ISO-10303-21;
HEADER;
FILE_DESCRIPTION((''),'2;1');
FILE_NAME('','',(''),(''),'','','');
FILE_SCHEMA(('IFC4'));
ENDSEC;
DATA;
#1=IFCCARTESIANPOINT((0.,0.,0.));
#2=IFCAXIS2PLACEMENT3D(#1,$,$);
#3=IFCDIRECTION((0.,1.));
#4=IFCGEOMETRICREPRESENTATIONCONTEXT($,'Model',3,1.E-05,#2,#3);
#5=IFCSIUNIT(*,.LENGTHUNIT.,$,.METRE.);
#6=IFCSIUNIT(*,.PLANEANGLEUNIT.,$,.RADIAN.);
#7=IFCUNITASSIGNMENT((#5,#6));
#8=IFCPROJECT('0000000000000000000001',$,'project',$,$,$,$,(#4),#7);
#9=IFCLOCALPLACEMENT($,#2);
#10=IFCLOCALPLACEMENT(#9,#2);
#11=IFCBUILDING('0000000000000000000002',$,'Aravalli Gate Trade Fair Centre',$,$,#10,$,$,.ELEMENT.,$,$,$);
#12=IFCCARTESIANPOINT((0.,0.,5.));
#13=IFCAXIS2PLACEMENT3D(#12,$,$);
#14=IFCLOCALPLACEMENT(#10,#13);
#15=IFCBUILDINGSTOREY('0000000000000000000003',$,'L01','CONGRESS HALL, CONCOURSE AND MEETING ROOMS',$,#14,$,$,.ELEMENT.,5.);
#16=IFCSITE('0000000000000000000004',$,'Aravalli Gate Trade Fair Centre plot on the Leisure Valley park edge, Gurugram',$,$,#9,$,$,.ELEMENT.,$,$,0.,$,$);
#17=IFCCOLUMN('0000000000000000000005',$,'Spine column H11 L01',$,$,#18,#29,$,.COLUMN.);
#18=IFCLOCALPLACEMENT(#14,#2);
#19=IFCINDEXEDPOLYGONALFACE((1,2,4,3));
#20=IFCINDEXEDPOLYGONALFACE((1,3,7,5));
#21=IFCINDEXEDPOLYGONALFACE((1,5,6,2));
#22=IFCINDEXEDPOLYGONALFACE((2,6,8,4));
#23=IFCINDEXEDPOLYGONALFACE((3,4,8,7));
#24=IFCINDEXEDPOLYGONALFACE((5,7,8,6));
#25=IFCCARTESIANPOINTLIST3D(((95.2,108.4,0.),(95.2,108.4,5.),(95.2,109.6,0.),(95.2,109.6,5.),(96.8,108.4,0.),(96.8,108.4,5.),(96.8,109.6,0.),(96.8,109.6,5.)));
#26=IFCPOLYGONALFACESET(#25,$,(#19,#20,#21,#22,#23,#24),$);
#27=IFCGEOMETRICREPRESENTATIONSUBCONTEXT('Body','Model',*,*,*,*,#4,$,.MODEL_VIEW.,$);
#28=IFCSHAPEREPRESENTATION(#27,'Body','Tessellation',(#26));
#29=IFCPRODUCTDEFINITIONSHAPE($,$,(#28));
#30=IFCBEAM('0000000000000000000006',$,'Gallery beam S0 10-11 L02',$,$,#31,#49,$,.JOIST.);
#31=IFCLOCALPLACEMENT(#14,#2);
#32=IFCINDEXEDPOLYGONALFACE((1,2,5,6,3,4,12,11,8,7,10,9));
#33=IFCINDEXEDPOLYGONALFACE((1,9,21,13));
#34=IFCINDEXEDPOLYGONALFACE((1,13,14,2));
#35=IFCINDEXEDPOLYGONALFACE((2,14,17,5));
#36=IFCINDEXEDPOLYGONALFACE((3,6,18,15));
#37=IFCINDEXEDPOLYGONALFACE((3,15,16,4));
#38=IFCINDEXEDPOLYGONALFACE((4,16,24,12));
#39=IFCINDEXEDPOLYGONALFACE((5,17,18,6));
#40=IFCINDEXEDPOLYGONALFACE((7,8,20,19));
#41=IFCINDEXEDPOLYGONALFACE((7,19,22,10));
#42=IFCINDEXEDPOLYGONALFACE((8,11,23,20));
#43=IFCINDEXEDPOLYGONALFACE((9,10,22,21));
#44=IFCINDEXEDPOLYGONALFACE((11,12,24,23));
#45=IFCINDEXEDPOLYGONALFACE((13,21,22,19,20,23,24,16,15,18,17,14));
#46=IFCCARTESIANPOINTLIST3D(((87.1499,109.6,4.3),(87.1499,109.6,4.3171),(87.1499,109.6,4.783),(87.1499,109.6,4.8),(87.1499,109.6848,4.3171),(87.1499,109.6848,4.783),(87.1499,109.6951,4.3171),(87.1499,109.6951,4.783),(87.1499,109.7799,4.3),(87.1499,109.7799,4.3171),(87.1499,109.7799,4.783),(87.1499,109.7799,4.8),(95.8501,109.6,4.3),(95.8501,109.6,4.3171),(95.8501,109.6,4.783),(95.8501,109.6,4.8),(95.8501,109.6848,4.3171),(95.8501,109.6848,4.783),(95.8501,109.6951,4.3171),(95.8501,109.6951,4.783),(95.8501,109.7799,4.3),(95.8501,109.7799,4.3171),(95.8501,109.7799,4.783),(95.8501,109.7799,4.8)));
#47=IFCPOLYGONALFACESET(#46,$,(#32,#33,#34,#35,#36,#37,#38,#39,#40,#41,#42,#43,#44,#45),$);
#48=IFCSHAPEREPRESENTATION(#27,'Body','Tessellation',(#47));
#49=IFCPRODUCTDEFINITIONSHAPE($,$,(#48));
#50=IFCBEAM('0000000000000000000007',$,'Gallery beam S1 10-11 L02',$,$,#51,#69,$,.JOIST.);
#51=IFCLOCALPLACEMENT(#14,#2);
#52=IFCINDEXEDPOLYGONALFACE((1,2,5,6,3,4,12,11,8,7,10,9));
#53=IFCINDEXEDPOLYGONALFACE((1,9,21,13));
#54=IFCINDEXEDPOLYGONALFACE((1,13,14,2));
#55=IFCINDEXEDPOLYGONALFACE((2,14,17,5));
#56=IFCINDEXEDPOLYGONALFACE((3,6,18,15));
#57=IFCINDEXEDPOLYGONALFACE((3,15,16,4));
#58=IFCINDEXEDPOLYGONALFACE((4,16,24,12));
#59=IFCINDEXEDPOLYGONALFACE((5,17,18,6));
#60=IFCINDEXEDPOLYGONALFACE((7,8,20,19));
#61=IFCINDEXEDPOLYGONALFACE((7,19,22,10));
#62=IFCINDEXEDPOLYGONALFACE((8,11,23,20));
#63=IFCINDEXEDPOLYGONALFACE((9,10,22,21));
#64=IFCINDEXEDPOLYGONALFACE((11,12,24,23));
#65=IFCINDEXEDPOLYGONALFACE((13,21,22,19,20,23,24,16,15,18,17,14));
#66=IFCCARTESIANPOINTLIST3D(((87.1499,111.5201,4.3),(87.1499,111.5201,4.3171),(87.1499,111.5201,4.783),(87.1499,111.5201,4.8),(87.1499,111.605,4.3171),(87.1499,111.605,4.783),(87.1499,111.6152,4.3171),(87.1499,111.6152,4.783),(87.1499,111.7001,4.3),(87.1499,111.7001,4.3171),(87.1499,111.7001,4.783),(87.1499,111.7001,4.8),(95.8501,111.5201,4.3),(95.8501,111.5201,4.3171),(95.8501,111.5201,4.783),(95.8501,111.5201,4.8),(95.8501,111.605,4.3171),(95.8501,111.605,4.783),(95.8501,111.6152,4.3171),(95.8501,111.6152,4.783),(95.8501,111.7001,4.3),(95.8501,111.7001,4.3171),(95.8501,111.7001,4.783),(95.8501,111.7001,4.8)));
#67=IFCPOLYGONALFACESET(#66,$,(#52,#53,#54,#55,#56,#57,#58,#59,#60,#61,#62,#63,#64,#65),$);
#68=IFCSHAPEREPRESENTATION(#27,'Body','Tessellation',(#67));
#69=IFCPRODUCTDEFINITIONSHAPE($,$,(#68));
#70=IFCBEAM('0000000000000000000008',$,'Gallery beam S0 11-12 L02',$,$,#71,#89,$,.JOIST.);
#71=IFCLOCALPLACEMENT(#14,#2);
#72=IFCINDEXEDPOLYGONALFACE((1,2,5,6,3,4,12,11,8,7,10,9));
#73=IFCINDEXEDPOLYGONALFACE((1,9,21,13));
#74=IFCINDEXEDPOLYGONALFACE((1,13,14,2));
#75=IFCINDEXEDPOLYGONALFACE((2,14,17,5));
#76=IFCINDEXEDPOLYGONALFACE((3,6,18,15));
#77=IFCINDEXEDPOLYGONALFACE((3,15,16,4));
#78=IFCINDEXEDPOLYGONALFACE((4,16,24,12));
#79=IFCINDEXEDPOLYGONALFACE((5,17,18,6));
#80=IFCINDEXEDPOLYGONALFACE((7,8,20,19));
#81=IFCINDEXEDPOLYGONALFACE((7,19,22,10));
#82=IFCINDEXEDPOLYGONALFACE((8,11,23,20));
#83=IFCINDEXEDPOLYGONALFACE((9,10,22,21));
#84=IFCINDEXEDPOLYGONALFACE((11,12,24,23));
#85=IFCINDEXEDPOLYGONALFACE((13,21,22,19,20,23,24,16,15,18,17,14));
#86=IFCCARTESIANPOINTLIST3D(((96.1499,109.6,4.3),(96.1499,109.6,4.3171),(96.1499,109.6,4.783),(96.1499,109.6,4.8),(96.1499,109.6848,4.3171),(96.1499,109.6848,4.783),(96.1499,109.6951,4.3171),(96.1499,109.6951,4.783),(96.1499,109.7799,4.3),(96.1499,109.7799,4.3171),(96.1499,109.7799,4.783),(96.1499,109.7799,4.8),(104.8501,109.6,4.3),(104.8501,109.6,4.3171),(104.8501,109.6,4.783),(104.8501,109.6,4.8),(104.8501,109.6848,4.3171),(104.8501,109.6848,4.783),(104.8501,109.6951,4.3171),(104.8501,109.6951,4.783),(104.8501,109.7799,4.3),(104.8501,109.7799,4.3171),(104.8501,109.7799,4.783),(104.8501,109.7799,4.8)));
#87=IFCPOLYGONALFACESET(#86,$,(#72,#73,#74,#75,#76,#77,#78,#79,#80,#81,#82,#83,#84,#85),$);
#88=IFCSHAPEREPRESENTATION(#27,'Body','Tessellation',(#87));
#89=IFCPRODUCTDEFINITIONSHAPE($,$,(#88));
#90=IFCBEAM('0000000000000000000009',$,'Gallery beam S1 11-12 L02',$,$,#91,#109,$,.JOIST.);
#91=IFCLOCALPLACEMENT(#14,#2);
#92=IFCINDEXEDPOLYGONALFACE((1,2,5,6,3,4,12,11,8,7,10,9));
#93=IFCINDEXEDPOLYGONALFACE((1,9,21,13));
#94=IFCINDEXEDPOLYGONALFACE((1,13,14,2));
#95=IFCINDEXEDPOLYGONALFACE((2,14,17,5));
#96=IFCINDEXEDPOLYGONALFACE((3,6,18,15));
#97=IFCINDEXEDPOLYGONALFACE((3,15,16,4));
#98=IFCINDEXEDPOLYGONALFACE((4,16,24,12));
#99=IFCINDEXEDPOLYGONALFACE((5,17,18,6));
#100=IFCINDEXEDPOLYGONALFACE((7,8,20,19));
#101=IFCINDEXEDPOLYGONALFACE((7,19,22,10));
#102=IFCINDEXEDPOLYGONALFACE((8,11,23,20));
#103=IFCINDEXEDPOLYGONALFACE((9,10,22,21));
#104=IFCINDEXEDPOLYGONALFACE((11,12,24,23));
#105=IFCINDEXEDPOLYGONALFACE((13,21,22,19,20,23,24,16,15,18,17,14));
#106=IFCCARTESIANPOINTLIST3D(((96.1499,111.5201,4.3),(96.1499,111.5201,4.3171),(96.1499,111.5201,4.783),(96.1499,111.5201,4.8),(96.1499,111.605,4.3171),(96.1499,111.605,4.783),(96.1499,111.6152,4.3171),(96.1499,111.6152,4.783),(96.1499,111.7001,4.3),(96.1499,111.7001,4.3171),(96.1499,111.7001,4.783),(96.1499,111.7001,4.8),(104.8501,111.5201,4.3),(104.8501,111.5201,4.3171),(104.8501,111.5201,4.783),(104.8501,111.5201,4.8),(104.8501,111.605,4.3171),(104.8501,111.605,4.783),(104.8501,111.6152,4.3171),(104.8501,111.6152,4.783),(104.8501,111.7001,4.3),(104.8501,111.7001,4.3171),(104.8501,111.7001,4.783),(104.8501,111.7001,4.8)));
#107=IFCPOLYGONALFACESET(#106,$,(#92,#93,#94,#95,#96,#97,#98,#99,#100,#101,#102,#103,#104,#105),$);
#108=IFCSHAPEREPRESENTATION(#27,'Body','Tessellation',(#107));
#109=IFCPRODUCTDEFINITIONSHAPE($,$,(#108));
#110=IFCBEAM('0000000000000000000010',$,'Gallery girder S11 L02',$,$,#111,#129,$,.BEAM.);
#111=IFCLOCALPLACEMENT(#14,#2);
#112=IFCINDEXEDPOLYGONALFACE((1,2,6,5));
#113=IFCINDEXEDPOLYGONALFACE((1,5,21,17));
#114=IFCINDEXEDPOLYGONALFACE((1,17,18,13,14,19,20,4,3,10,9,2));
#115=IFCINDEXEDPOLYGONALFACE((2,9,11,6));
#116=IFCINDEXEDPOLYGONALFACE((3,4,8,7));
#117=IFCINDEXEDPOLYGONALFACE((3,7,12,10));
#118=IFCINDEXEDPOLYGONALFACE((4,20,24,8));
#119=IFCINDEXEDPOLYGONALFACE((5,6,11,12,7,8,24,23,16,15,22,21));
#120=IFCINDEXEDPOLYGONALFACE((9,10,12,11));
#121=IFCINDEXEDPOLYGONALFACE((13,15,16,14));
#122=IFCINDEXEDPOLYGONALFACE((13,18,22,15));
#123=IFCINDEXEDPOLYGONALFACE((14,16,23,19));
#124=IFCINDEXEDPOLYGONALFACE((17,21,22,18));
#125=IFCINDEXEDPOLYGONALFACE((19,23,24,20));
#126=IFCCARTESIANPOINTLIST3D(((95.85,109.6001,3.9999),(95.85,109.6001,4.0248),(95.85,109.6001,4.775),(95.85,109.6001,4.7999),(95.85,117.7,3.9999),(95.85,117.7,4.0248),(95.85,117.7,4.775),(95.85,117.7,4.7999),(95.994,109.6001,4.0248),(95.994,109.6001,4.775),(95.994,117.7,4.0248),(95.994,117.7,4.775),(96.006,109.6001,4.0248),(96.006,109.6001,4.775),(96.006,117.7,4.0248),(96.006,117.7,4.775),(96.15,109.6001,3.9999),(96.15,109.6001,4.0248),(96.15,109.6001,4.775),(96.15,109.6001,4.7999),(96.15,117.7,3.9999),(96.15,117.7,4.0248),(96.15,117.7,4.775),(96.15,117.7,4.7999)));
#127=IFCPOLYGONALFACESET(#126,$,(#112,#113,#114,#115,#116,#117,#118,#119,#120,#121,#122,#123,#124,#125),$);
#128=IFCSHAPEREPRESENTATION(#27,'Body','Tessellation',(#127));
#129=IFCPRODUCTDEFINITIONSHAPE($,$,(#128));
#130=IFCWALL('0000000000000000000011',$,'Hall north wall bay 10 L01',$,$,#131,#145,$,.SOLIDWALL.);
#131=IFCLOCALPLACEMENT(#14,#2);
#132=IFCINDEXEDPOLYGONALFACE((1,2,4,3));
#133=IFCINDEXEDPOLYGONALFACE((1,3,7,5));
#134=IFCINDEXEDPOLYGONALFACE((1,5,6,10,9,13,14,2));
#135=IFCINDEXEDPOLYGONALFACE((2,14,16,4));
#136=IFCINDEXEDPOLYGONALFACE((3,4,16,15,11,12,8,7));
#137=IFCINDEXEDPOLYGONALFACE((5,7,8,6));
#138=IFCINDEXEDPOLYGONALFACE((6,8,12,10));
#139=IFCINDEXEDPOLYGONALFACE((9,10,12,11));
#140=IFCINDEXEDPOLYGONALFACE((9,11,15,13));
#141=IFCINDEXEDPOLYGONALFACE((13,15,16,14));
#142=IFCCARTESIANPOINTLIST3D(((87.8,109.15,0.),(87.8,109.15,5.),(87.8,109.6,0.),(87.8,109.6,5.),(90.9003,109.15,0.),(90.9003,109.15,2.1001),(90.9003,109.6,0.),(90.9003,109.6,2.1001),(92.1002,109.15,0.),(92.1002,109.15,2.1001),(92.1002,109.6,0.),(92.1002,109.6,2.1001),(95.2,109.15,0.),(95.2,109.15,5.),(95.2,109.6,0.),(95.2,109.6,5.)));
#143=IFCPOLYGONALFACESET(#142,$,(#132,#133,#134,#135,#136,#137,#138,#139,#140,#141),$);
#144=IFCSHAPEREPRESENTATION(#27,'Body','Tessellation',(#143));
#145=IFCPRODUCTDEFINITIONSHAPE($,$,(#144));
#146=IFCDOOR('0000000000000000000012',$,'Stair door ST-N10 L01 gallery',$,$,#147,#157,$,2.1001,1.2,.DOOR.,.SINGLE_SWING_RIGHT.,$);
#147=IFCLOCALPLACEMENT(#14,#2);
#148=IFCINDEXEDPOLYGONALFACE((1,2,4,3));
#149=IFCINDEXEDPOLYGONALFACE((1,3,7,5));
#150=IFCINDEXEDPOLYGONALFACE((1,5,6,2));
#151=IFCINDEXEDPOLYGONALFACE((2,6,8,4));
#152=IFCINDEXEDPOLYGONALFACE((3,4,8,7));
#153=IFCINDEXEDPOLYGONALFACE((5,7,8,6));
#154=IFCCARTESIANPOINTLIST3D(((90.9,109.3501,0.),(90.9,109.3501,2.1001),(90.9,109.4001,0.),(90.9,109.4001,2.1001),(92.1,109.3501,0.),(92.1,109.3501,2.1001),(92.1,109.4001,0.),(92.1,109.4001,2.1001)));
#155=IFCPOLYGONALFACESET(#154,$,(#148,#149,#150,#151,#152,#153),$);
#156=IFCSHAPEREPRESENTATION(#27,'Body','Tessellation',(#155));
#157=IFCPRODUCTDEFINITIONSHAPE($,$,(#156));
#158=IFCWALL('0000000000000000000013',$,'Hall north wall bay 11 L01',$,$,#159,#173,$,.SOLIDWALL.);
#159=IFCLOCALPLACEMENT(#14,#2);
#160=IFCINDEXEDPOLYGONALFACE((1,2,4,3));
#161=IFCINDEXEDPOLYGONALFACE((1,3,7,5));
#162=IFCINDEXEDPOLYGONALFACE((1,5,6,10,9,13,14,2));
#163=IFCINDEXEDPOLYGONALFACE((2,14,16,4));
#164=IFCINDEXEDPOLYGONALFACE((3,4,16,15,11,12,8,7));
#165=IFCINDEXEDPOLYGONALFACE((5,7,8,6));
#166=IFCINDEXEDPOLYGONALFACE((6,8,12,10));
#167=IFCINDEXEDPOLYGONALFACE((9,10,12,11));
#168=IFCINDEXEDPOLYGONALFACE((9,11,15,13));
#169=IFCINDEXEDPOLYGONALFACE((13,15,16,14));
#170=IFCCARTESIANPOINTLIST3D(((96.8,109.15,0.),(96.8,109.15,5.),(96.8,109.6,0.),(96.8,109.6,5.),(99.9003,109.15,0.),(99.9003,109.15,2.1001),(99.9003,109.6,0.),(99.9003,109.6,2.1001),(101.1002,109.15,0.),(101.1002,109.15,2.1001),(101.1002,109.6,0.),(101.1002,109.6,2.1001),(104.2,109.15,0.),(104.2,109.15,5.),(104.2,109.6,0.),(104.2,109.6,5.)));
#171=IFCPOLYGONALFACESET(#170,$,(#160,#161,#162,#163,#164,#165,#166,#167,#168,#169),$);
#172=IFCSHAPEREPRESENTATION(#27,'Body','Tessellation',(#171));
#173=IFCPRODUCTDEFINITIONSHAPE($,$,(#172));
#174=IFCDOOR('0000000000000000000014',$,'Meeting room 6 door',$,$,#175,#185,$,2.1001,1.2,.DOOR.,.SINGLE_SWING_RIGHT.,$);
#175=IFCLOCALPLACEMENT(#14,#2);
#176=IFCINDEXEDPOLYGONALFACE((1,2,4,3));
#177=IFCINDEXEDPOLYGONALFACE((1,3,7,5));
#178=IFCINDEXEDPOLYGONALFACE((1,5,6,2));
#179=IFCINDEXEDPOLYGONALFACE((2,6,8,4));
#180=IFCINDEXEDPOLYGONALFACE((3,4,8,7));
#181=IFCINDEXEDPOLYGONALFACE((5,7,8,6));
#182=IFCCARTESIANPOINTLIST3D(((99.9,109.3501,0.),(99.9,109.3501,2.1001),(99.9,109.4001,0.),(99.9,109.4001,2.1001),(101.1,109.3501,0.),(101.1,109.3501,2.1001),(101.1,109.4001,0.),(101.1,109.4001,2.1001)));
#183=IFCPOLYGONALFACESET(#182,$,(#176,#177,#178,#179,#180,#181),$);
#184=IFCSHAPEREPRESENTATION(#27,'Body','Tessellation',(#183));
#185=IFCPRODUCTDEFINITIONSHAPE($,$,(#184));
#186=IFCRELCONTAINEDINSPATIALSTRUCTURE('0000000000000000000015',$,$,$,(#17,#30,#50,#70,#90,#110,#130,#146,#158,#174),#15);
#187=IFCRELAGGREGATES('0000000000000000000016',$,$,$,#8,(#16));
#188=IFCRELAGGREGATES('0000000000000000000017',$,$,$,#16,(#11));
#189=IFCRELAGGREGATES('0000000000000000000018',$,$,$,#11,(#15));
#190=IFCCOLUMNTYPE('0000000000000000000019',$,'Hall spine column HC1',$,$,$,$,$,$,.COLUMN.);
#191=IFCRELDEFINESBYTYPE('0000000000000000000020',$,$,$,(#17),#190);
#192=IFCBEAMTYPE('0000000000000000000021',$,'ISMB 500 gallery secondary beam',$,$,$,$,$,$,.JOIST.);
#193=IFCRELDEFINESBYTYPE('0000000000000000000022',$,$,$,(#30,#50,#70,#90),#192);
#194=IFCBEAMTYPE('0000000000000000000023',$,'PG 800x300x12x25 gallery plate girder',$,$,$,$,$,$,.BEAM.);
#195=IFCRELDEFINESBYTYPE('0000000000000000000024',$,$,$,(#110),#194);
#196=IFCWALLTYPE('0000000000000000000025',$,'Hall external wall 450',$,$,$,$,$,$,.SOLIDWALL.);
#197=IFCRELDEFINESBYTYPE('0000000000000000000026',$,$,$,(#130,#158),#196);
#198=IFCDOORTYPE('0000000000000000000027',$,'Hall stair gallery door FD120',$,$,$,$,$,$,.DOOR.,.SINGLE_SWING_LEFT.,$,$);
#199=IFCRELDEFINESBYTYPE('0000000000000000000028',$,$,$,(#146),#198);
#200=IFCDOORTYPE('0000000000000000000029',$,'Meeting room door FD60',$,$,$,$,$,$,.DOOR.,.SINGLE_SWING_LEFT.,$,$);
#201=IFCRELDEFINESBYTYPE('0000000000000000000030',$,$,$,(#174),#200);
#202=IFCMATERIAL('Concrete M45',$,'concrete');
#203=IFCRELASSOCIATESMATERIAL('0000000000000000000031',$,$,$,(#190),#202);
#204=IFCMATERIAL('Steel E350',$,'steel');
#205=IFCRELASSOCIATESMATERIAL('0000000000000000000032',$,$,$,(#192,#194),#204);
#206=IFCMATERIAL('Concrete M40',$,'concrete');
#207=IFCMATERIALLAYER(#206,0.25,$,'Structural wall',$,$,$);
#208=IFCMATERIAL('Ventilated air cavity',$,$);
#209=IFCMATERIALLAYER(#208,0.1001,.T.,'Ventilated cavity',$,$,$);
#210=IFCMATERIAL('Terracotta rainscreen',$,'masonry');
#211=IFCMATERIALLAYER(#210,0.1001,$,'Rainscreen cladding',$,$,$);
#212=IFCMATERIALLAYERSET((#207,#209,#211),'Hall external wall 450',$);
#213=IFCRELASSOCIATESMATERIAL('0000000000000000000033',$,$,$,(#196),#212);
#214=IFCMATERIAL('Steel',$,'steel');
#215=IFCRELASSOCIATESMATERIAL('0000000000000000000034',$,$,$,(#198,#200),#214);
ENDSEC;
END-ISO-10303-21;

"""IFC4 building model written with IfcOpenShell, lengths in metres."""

from ifc_helpers import new_model, si_unit, direction, frame, frame_2d, origin, origin_2d, place, context, subcontext, project, spatial, rectangle, i_section, extrude, material, layer, layer_set, material_profile, profile_set, type_object, element, fill, save


model = new_model("IFC4")

# Units and contexts
model_context = context("Model", 3, precision=1e-05, world=origin(), true_north=direction((0.0, 1.0)))
body_context = subcontext(model_context, "Body", "Model", "MODEL_VIEW")
ifc_project = project(units=[si_unit("LENGTHUNIT", "METRE"), si_unit("PLANEANGLEUNIT", "RADIAN")], contexts=[model_context])

# Site, building, storey
site_placement = place(None, origin())
site = spatial("IfcSite", under=ifc_project, at=site_placement, Name="Aravalli Gate Trade Fair Centre plot on the Leisure Valley park edge, Gurugram", CompositionType="ELEMENT", RefElevation=0.0)
building_placement = place(site_placement, origin())
building = spatial("IfcBuilding", under=site, at=building_placement, Name="Aravalli Gate Trade Fair Centre", CompositionType="ELEMENT")
storey_placement = place(building_placement, frame((0.0, 0.0, 5.0)))
storey = spatial("IfcBuildingStorey", under=building, at=storey_placement, Name="L01", Description="CONGRESS HALL, CONCOURSE AND MEETING ROOMS", CompositionType="ELEMENT", Elevation=5.0)

# Column
ifc_material_1 = material(Name="Concrete M45", Category="concrete")
ifc_material_profile_1 = material_profile(ifc_material_1, rectangle(XDim=1.6001, YDim=1.2, at=origin_2d()), Name="RC 1600x1200")
ifc_profile_set_1 = profile_set([ifc_material_profile_1], Name="Concrete M45")
column_type = type_object("IfcColumnType", Name="Hall spine column HC1", PredefinedType="COLUMN", material=ifc_profile_set_1)
column_placement = place(storey_placement, frame((96.0, 109.0, 0.0), z_axis=(0.0, 0.0, 1.0), x_axis=(1.0, 0.0, 0.0)))
element("IfcColumn", 1, at=column_placement, inside=storey, type_object=column_type, Name="Spine column H11 L01", PredefinedType="COLUMN", context=body_context, shape_type="SweptSolid", body=[
    extrude(rectangle(XDim=1.6001, YDim=1.2, at=origin_2d()), origin(), (0.0, 0.0, 1.0), 5.0),
])

# Beams
ifc_material_2 = material(Name="Steel E350", Category="steel")
ifc_material_profile_2 = material_profile(ifc_material_2, i_section(OverallWidth=0.1799, OverallDepth=0.5, WebThickness=0.0103, FlangeThickness=0.0171, at=origin_2d()), Name="ISMB 500")
ifc_profile_set_2 = profile_set([ifc_material_profile_2], Name="Steel E350")
beam_type_1 = type_object("IfcBeamType", Name="ISMB 500 gallery secondary beam", PredefinedType="JOIST", material=ifc_profile_set_2)
for number, where, z_axis, x_axis, name in (
    (2, (87.1499, 109.6899, 4.55), (1.0, 0.0, 0.0), (0.0, 1.0, 0.0), "Gallery beam S0 10-11 L02"),
    (3, (87.1499, 111.6101, 4.55), (1.0, 0.0, 0.0), (0.0, 1.0, 0.0), "Gallery beam S1 10-11 L02"),
    (4, (96.1499, 109.6899, 4.55), (1.0, 0.0, 0.0), (0.0, 1.0, 0.0), "Gallery beam S0 11-12 L02"),
    (5, (96.1499, 111.6101, 4.55), (1.0, 0.0, 0.0), (0.0, 1.0, 0.0), "Gallery beam S1 11-12 L02"),
):
    element("IfcBeam", number, at=place(storey_placement, frame(where, z_axis=z_axis, x_axis=x_axis)), inside=storey, type_object=beam_type_1, Name=name, PredefinedType="JOIST", context=body_context, shape_type="SweptSolid", body=[
        extrude(i_section(OverallWidth=0.1799, OverallDepth=0.5, WebThickness=0.0103, FlangeThickness=0.0171, at=origin_2d()), origin(), (0.0, 0.0, 1.0), 8.7002),
    ])
ifc_material_profile_3 = material_profile(ifc_material_2, i_section(OverallWidth=0.3, OverallDepth=0.8, WebThickness=0.012, FlangeThickness=0.0249, at=origin_2d()), Name="PG 800x300x12x25")
ifc_profile_set_3 = profile_set([ifc_material_profile_3], Name="Steel E350")
beam_type_2 = type_object("IfcBeamType", Name="PG 800x300x12x25 gallery plate girder", PredefinedType="BEAM", material=ifc_profile_set_3)
beam_placement = place(storey_placement, frame((96.0, 109.6001, 4.3999), z_axis=(0.0, 1.0, 0.0), x_axis=(-1.0, 0.0, 0.0)))
element("IfcBeam", 6, at=beam_placement, inside=storey, type_object=beam_type_2, Name="Gallery girder S11 L02", PredefinedType="BEAM", context=body_context, shape_type="SweptSolid", body=[
    extrude(i_section(OverallWidth=0.3, OverallDepth=0.8, WebThickness=0.012, FlangeThickness=0.0249, at=origin_2d()), origin(), (0.0, 0.0, 1.0), 8.0999),
])

# Walls, openings, doors
ifc_material_3 = material(Name="Concrete M40", Category="concrete")
ifc_layer_1 = layer(ifc_material_3, 0.25, Name="Structural wall")
ifc_material_4 = material(Name="Ventilated air cavity")
ifc_layer_2 = layer(ifc_material_4, 0.1001, ventilated=True, Name="Ventilated cavity")
ifc_material_5 = material(Name="Terracotta rainscreen", Category="masonry")
ifc_layer_3 = layer(ifc_material_5, 0.1001, Name="Rainscreen cladding")
ifc_layer_set_1 = layer_set([ifc_layer_1, ifc_layer_2, ifc_layer_3], Name="Hall external wall 450")
wall_type_1 = type_object("IfcWallType", Name="Hall external wall 450", PredefinedType="SOLIDWALL", material=ifc_layer_set_1)
wall_1_placement = place(storey_placement, frame((87.8, 109.375, 0.0), z_axis=(0.0, 0.0, 1.0), x_axis=(1.0, 0.0, 0.0)))
wall_1 = element("IfcWall", 7, at=wall_1_placement, inside=storey, type_object=wall_type_1, Name="Hall north wall bay 10 L01", PredefinedType="SOLIDWALL", context=body_context, shape_type="SweptSolid", body=[
    extrude(rectangle(XDim=7.3999, YDim=0.45, at=frame_2d((3.7, 0.0))), origin(), (0.0, 0.0, 1.0), 5.0),
])
opening_1_placement = place(wall_1_placement, frame((3.1001, 0.0, 0.0)))
opening_1 = element("IfcOpeningElement", 8, at=opening_1_placement, cuts=wall_1, PredefinedType="OPENING", context=body_context, shape_type="SweptSolid", body=[
    extrude(rectangle(XDim=1.2, YDim=2.1001, at=frame_2d((0.6001, 1.05))), frame((0.0, 0.2349, 0.0), z_axis=(0.0, -1.0, 0.0), x_axis=(1.0, 0.0, 0.0)), (0.0, 0.0, 1.0), 0.47),
])
ifc_material_6 = material(Name="Steel", Category="steel")
door_type_1 = type_object("IfcDoorType", Name="Hall stair gallery door FD120", OperationType="SINGLE_SWING_LEFT", PredefinedType="DOOR", material=ifc_material_6)
door_1_placement = place(opening_1_placement, frame((1.2, 0.0, 0.0), z_axis=(0.0, 0.0, 1.0), x_axis=(-1.0, 0.0, 0.0)))
door_1 = element("IfcDoor", 9, at=door_1_placement, inside=storey, type_object=door_type_1, Name="Stair door ST-N10 L01 gallery", OperationType="SINGLE_SWING_RIGHT", OverallHeight=2.1001, OverallWidth=1.2, PredefinedType="DOOR", context=body_context, shape_type="SweptSolid", body=[
    extrude(rectangle(XDim=1.2, YDim=2.1001, at=frame_2d((0.6001, 1.05))), frame((0.0, 0.0249, 0.0), z_axis=(0.0, -1.0, 0.0), x_axis=(1.0, 0.0, 0.0)), (0.0, 0.0, 1.0), 0.05),
])
fill(opening_1, door_1)
wall_2_placement = place(storey_placement, frame((96.8, 109.375, 0.0), z_axis=(0.0, 0.0, 1.0), x_axis=(1.0, 0.0, 0.0)))
wall_2 = element("IfcWall", 10, at=wall_2_placement, inside=storey, type_object=wall_type_1, Name="Hall north wall bay 11 L01", PredefinedType="SOLIDWALL", context=body_context, shape_type="SweptSolid", body=[
    extrude(rectangle(XDim=7.3999, YDim=0.45, at=frame_2d((3.7, 0.0))), origin(), (0.0, 0.0, 1.0), 5.0),
])
opening_2_placement = place(wall_2_placement, frame((3.1001, 0.0, 0.0)))
opening_2 = element("IfcOpeningElement", 11, at=opening_2_placement, cuts=wall_2, PredefinedType="OPENING", context=body_context, shape_type="SweptSolid", body=[
    extrude(rectangle(XDim=1.2, YDim=2.1001, at=frame_2d((0.6001, 1.05))), frame((0.0, 0.2349, 0.0), z_axis=(0.0, -1.0, 0.0), x_axis=(1.0, 0.0, 0.0)), (0.0, 0.0, 1.0), 0.47),
])
door_type_2 = type_object("IfcDoorType", Name="Meeting room door FD60", OperationType="SINGLE_SWING_LEFT", PredefinedType="DOOR", material=ifc_material_6)
door_2_placement = place(opening_2_placement, frame((1.2, 0.0, 0.0), z_axis=(0.0, 0.0, 1.0), x_axis=(-1.0, 0.0, 0.0)))
door_2 = element("IfcDoor", 12, at=door_2_placement, inside=storey, type_object=door_type_2, Name="Meeting room 6 door", OperationType="SINGLE_SWING_RIGHT", OverallHeight=2.1001, OverallWidth=1.2, PredefinedType="DOOR", context=body_context, shape_type="SweptSolid", body=[
    extrude(rectangle(XDim=1.2, YDim=2.1001, at=frame_2d((0.6001, 1.05))), frame((0.0, 0.0249, 0.0), z_axis=(0.0, -1.0, 0.0), x_axis=(1.0, 0.0, 0.0)), (0.0, 0.0, 1.0), 0.05),
])
fill(opening_2, door_2)

save(model, "model.ifc")
